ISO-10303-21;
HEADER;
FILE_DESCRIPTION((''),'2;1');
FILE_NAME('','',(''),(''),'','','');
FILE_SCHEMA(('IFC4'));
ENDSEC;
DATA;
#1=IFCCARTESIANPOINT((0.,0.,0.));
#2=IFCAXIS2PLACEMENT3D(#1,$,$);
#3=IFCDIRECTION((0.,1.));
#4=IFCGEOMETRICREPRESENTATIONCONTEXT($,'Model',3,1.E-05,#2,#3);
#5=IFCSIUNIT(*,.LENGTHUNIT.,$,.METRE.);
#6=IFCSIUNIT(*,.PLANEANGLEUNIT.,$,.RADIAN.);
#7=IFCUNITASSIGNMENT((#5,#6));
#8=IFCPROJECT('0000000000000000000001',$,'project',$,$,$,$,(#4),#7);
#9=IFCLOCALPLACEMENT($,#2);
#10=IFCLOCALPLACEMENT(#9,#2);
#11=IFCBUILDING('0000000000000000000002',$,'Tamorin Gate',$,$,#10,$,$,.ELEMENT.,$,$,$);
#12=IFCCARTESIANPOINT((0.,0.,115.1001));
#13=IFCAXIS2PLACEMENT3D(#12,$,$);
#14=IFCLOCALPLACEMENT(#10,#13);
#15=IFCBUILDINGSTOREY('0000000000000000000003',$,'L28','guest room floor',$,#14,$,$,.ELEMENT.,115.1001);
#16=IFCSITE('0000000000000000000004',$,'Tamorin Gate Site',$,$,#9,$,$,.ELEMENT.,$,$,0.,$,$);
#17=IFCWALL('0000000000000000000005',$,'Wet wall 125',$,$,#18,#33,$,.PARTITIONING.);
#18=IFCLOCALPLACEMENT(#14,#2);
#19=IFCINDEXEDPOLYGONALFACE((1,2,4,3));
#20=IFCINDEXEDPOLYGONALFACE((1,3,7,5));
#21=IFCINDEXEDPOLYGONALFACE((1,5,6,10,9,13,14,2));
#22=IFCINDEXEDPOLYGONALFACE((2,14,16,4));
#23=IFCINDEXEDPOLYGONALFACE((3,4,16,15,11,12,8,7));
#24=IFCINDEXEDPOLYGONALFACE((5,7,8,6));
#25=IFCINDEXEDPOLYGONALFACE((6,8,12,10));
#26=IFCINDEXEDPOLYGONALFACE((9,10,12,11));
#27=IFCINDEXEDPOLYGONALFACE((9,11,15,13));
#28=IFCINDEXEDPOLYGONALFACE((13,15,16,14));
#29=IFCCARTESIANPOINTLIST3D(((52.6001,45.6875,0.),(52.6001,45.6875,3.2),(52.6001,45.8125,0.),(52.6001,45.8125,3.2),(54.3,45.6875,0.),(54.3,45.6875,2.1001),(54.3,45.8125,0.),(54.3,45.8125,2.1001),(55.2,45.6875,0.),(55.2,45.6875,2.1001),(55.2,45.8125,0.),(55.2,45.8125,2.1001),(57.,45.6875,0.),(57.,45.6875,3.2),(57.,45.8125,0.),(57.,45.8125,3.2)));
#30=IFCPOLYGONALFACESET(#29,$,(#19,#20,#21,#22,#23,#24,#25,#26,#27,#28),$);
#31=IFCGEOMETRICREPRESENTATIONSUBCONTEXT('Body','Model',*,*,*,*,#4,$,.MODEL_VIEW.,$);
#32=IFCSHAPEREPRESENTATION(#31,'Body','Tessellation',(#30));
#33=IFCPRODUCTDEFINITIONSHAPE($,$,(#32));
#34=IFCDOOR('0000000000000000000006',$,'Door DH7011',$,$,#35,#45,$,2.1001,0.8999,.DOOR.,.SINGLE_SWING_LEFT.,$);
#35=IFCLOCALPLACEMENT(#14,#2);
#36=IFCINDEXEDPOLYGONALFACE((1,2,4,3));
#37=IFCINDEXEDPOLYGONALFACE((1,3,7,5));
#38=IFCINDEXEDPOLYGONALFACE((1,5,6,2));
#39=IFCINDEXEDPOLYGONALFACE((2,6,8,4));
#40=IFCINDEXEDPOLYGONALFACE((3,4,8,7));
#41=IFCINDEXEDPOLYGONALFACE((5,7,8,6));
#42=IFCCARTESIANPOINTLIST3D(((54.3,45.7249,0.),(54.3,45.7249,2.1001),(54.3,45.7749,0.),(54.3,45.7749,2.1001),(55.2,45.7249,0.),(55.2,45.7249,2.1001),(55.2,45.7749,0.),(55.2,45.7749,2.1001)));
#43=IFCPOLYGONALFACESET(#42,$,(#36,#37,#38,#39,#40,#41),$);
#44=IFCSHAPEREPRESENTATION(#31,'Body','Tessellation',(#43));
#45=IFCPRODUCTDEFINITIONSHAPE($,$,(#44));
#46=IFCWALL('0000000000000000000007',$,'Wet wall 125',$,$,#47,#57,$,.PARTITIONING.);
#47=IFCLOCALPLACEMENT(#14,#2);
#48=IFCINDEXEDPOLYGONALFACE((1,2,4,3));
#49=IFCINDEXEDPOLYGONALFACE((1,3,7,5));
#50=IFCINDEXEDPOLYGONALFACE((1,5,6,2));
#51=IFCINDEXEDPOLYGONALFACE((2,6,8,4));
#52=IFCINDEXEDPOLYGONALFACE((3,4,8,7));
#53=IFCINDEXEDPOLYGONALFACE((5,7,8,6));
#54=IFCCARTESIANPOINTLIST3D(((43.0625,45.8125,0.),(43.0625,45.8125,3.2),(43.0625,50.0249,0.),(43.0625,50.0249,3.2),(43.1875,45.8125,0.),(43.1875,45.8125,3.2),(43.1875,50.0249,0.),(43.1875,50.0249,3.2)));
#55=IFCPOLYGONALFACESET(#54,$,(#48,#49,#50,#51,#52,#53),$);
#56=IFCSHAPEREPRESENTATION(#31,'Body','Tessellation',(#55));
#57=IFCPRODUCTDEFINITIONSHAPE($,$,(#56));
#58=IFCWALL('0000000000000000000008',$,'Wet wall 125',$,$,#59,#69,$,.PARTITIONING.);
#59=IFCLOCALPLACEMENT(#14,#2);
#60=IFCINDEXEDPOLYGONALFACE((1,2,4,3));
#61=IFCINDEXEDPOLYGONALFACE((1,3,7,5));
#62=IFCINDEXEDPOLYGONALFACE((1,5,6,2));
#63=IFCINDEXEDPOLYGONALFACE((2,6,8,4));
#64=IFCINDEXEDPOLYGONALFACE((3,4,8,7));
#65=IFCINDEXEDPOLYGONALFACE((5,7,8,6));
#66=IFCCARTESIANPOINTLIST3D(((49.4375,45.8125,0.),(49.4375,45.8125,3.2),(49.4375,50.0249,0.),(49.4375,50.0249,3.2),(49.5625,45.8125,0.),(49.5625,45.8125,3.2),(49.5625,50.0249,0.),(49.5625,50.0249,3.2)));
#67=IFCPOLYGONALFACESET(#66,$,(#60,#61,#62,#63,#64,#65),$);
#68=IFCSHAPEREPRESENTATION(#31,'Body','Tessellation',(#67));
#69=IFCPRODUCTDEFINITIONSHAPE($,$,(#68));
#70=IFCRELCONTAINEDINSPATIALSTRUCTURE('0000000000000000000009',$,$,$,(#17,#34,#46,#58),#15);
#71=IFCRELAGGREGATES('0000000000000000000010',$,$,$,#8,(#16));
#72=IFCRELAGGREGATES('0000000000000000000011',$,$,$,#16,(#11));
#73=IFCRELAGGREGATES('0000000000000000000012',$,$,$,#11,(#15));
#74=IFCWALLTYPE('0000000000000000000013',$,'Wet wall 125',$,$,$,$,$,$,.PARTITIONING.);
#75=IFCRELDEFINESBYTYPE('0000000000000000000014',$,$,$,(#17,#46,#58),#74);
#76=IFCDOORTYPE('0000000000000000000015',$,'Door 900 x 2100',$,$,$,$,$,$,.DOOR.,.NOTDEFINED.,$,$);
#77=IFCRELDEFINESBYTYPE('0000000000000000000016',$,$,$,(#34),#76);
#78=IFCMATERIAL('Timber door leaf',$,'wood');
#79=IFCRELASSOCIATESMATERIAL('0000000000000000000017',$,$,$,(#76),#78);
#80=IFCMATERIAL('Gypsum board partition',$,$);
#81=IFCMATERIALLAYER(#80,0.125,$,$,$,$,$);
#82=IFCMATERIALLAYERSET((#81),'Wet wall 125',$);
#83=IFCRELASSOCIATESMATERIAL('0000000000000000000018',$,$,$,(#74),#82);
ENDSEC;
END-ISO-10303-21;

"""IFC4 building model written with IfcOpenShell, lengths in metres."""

from ifc_helpers import new_model, si_unit, direction, frame, frame_2d, origin, place, context, subcontext, project, spatial, rectangle, extrude, material, layer, layer_set, type_object, element, fill, save


model = new_model("IFC4")

# Units and contexts
model_context = context("Model", 3, precision=1e-05, world=origin(), true_north=direction((0.0, 1.0)))
body_context = subcontext(model_context, "Body", "Model", "MODEL_VIEW")
ifc_project = project(units=[si_unit("LENGTHUNIT", "METRE"), si_unit("PLANEANGLEUNIT", "RADIAN")], contexts=[model_context])

# Site, building, storey
site_placement = place(None, origin())
site = spatial("IfcSite", under=ifc_project, at=site_placement, Name="Tamorin Gate Site", CompositionType="ELEMENT", RefElevation=0.0)
building_placement = place(site_placement, origin())
building = spatial("IfcBuilding", under=site, at=building_placement, Name="Tamorin Gate", CompositionType="ELEMENT")
storey_placement = place(building_placement, frame((0.0, 0.0, 115.1001)))
storey = spatial("IfcBuildingStorey", under=building, at=storey_placement, Name="L28", Description="guest room floor", CompositionType="ELEMENT", Elevation=115.1001)

# Shared definitions
ifc_material_1 = material(Name="Gypsum board partition")

# Shared definitions
ifc_material_2 = material(Name="Timber door leaf", Category="wood")
door_type = type_object("IfcDoorType", Name="Door 900 x 2100", OperationType="NOTDEFINED", PredefinedType="DOOR", material=ifc_material_2)

# Wall, opening, door
ifc_layer_1 = layer(ifc_material_1, 0.125)
ifc_layer_set_1 = layer_set([ifc_layer_1], Name="Wet wall 125")
wall_type_1 = type_object("IfcWallType", Name="Wet wall 125", PredefinedType="PARTITIONING", material=ifc_layer_set_1)
wall_1_placement = place(storey_placement, frame((52.6001, 45.75, 0.0), z_axis=(0.0, 0.0, 1.0), x_axis=(1.0, 0.0, 0.0)))
wall_1 = element("IfcWall", 1, at=wall_1_placement, inside=storey, type_object=wall_type_1, Name="Wet wall 125", PredefinedType="PARTITIONING", context=body_context, shape_type="SweptSolid", body=[
    extrude(rectangle(XDim=4.3999, YDim=0.125, at=frame_2d((2.2, 0.0))), origin(), (0.0, 0.0, 1.0), 3.2),
])
opening_1_placement = place(wall_1_placement, frame((1.7, 0.0, 0.0)))
opening_1 = element("IfcOpeningElement", 2, at=opening_1_placement, cuts=wall_1, PredefinedType="OPENING", context=body_context, shape_type="SweptSolid", body=[
    extrude(rectangle(XDim=0.8999, YDim=2.1001, at=frame_2d((0.45, 1.05))), frame((0.0, 0.0725, 0.0), z_axis=(0.0, -1.0, 0.0), x_axis=(1.0, 0.0, 0.0)), (0.0, 0.0, 1.0), 0.145),
])
door_1_placement = place(opening_1_placement, origin())
door_1 = element("IfcDoor", 3, at=door_1_placement, inside=storey, type_object=door_type, Name="Door DH7011", OperationType="SINGLE_SWING_LEFT", OverallHeight=2.1001, OverallWidth=0.8999, PredefinedType="DOOR", context=body_context, shape_type="SweptSolid", body=[
    extrude(rectangle(XDim=0.8999, YDim=2.1001, at=frame_2d((0.45, 1.05))), frame((0.0, 0.0249, 0.0), z_axis=(0.0, -1.0, 0.0), x_axis=(1.0, 0.0, 0.0)), (0.0, 0.0, 1.0), 0.05),
])
fill(opening_1, door_1)

# Walls
for number, where, z_axis, x_axis, name in (
    (4, (43.125, 45.8125, 0.0), (0.0, 0.0, 1.0), (0.0, 1.0, 0.0), "Wet wall 125"),
    (5, (49.5, 45.8125, 0.0), (0.0, 0.0, 1.0), (0.0, 1.0, 0.0), "Wet wall 125"),
):
    element("IfcWall", number, at=place(storey_placement, frame(where, z_axis=z_axis, x_axis=x_axis)), inside=storey, type_object=wall_type_1, Name=name, PredefinedType="PARTITIONING", context=body_context, shape_type="SweptSolid", body=[
        extrude(rectangle(XDim=4.2124, YDim=0.125, at=frame_2d((2.1062, 0.0))), origin(), (0.0, 0.0, 1.0), 3.2),
    ])

save(model, "model.ifc")
